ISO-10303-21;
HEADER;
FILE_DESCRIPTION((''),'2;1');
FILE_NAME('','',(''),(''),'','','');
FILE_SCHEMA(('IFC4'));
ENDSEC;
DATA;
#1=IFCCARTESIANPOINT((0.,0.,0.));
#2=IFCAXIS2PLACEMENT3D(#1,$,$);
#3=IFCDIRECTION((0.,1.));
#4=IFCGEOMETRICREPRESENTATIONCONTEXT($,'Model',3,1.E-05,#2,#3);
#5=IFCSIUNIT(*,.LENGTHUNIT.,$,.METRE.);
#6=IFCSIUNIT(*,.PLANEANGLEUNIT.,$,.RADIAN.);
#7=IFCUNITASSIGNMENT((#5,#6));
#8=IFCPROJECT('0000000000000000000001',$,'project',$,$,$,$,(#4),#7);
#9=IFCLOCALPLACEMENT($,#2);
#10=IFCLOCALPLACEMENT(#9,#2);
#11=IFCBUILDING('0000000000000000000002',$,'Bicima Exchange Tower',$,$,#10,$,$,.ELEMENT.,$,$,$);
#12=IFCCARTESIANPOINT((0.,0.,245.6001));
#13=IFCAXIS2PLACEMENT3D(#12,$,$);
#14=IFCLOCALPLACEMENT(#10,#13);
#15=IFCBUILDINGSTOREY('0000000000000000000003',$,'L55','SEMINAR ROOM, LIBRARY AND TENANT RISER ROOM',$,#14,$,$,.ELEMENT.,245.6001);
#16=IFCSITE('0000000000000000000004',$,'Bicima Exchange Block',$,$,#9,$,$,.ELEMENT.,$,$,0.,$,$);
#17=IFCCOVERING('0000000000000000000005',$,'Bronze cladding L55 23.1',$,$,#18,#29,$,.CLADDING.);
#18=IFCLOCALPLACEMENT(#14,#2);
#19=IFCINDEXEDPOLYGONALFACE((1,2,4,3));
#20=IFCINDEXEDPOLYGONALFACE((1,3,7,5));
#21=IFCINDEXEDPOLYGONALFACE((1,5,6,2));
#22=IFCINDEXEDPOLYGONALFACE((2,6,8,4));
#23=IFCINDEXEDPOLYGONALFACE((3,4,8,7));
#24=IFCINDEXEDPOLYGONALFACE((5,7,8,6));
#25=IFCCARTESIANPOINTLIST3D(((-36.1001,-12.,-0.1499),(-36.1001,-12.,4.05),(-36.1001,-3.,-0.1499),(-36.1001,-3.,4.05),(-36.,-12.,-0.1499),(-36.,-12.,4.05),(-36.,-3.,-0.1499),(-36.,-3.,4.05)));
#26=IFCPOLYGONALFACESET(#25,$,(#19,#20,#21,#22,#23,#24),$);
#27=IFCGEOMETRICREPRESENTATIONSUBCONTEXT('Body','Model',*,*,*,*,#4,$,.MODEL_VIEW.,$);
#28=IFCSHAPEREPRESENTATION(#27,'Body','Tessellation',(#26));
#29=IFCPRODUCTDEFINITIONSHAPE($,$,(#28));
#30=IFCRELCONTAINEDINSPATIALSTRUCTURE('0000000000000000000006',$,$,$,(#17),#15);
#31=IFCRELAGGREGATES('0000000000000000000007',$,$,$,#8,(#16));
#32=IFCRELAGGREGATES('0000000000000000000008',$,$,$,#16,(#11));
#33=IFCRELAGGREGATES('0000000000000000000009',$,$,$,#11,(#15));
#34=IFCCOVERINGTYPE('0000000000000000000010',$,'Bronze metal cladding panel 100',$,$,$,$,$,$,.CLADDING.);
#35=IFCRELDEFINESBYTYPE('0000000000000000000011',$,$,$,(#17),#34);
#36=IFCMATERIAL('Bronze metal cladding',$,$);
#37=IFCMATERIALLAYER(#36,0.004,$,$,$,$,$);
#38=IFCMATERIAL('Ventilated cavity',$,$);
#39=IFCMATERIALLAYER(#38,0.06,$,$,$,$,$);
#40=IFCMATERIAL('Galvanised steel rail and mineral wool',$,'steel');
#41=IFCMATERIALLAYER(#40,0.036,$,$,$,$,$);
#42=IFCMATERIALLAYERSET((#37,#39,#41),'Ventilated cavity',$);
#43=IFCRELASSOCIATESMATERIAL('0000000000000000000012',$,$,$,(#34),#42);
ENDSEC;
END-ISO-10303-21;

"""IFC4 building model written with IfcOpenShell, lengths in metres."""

from ifc_helpers import new_model, si_unit, direction, frame, origin, origin_2d, place, context, subcontext, project, spatial, rectangle, extrude, material, layer, layer_set, type_object, element, save


model = new_model("IFC4")

# Units and contexts
model_context = context("Model", 3, precision=1e-05, world=origin(), true_north=direction((0.0, 1.0)))
body_context = subcontext(model_context, "Body", "Model", "MODEL_VIEW")
ifc_project = project(units=[si_unit("LENGTHUNIT", "METRE"), si_unit("PLANEANGLEUNIT", "RADIAN")], contexts=[model_context])

# Site, building, storey
site_placement = place(None, origin())
site = spatial("IfcSite", under=ifc_project, at=site_placement, Name="Bicima Exchange Block", CompositionType="ELEMENT", RefElevation=0.0)
building_placement = place(site_placement, origin())
building = spatial("IfcBuilding", under=site, at=building_placement, Name="Bicima Exchange Tower", CompositionType="ELEMENT")
storey_placement = place(building_placement, frame((0.0, 0.0, 245.6001)))
storey = spatial("IfcBuildingStorey", under=building, at=storey_placement, Name="L55", Description="SEMINAR ROOM, LIBRARY AND TENANT RISER ROOM", CompositionType="ELEMENT", Elevation=245.6001)

# Covering
ifc_material_1 = material(Name="Bronze metal cladding")
ifc_layer_1 = layer(ifc_material_1, 0.004)
ifc_material_2 = material(Name="Ventilated cavity")
ifc_layer_2 = layer(ifc_material_2, 0.06)
ifc_material_3 = material(Name="Galvanised steel rail and mineral wool", Category="steel")
ifc_layer_3 = layer(ifc_material_3, 0.036)
ifc_layer_set_1 = layer_set([ifc_layer_1, ifc_layer_2, ifc_layer_3], Name="Ventilated cavity")
covering_type = type_object("IfcCoveringType", Name="Bronze metal cladding panel 100", PredefinedType="CLADDING", material=ifc_layer_set_1)
covering_1_placement = place(storey_placement, frame((-36.05, -7.5, -0.1499), z_axis=(0.0, 0.0, 1.0), x_axis=(0.0, -1.0, 0.0)))
element("IfcCovering", 1, at=covering_1_placement, inside=storey, type_object=covering_type, Name="Bronze cladding L55 23.1", PredefinedType="CLADDING", context=body_context, shape_type="SweptSolid", body=[
    extrude(rectangle(XDim=9.0, YDim=0.1001, at=origin_2d()), origin(), (0.0, 0.0, 1.0), 4.2),
])

save(model, "model.ifc")
